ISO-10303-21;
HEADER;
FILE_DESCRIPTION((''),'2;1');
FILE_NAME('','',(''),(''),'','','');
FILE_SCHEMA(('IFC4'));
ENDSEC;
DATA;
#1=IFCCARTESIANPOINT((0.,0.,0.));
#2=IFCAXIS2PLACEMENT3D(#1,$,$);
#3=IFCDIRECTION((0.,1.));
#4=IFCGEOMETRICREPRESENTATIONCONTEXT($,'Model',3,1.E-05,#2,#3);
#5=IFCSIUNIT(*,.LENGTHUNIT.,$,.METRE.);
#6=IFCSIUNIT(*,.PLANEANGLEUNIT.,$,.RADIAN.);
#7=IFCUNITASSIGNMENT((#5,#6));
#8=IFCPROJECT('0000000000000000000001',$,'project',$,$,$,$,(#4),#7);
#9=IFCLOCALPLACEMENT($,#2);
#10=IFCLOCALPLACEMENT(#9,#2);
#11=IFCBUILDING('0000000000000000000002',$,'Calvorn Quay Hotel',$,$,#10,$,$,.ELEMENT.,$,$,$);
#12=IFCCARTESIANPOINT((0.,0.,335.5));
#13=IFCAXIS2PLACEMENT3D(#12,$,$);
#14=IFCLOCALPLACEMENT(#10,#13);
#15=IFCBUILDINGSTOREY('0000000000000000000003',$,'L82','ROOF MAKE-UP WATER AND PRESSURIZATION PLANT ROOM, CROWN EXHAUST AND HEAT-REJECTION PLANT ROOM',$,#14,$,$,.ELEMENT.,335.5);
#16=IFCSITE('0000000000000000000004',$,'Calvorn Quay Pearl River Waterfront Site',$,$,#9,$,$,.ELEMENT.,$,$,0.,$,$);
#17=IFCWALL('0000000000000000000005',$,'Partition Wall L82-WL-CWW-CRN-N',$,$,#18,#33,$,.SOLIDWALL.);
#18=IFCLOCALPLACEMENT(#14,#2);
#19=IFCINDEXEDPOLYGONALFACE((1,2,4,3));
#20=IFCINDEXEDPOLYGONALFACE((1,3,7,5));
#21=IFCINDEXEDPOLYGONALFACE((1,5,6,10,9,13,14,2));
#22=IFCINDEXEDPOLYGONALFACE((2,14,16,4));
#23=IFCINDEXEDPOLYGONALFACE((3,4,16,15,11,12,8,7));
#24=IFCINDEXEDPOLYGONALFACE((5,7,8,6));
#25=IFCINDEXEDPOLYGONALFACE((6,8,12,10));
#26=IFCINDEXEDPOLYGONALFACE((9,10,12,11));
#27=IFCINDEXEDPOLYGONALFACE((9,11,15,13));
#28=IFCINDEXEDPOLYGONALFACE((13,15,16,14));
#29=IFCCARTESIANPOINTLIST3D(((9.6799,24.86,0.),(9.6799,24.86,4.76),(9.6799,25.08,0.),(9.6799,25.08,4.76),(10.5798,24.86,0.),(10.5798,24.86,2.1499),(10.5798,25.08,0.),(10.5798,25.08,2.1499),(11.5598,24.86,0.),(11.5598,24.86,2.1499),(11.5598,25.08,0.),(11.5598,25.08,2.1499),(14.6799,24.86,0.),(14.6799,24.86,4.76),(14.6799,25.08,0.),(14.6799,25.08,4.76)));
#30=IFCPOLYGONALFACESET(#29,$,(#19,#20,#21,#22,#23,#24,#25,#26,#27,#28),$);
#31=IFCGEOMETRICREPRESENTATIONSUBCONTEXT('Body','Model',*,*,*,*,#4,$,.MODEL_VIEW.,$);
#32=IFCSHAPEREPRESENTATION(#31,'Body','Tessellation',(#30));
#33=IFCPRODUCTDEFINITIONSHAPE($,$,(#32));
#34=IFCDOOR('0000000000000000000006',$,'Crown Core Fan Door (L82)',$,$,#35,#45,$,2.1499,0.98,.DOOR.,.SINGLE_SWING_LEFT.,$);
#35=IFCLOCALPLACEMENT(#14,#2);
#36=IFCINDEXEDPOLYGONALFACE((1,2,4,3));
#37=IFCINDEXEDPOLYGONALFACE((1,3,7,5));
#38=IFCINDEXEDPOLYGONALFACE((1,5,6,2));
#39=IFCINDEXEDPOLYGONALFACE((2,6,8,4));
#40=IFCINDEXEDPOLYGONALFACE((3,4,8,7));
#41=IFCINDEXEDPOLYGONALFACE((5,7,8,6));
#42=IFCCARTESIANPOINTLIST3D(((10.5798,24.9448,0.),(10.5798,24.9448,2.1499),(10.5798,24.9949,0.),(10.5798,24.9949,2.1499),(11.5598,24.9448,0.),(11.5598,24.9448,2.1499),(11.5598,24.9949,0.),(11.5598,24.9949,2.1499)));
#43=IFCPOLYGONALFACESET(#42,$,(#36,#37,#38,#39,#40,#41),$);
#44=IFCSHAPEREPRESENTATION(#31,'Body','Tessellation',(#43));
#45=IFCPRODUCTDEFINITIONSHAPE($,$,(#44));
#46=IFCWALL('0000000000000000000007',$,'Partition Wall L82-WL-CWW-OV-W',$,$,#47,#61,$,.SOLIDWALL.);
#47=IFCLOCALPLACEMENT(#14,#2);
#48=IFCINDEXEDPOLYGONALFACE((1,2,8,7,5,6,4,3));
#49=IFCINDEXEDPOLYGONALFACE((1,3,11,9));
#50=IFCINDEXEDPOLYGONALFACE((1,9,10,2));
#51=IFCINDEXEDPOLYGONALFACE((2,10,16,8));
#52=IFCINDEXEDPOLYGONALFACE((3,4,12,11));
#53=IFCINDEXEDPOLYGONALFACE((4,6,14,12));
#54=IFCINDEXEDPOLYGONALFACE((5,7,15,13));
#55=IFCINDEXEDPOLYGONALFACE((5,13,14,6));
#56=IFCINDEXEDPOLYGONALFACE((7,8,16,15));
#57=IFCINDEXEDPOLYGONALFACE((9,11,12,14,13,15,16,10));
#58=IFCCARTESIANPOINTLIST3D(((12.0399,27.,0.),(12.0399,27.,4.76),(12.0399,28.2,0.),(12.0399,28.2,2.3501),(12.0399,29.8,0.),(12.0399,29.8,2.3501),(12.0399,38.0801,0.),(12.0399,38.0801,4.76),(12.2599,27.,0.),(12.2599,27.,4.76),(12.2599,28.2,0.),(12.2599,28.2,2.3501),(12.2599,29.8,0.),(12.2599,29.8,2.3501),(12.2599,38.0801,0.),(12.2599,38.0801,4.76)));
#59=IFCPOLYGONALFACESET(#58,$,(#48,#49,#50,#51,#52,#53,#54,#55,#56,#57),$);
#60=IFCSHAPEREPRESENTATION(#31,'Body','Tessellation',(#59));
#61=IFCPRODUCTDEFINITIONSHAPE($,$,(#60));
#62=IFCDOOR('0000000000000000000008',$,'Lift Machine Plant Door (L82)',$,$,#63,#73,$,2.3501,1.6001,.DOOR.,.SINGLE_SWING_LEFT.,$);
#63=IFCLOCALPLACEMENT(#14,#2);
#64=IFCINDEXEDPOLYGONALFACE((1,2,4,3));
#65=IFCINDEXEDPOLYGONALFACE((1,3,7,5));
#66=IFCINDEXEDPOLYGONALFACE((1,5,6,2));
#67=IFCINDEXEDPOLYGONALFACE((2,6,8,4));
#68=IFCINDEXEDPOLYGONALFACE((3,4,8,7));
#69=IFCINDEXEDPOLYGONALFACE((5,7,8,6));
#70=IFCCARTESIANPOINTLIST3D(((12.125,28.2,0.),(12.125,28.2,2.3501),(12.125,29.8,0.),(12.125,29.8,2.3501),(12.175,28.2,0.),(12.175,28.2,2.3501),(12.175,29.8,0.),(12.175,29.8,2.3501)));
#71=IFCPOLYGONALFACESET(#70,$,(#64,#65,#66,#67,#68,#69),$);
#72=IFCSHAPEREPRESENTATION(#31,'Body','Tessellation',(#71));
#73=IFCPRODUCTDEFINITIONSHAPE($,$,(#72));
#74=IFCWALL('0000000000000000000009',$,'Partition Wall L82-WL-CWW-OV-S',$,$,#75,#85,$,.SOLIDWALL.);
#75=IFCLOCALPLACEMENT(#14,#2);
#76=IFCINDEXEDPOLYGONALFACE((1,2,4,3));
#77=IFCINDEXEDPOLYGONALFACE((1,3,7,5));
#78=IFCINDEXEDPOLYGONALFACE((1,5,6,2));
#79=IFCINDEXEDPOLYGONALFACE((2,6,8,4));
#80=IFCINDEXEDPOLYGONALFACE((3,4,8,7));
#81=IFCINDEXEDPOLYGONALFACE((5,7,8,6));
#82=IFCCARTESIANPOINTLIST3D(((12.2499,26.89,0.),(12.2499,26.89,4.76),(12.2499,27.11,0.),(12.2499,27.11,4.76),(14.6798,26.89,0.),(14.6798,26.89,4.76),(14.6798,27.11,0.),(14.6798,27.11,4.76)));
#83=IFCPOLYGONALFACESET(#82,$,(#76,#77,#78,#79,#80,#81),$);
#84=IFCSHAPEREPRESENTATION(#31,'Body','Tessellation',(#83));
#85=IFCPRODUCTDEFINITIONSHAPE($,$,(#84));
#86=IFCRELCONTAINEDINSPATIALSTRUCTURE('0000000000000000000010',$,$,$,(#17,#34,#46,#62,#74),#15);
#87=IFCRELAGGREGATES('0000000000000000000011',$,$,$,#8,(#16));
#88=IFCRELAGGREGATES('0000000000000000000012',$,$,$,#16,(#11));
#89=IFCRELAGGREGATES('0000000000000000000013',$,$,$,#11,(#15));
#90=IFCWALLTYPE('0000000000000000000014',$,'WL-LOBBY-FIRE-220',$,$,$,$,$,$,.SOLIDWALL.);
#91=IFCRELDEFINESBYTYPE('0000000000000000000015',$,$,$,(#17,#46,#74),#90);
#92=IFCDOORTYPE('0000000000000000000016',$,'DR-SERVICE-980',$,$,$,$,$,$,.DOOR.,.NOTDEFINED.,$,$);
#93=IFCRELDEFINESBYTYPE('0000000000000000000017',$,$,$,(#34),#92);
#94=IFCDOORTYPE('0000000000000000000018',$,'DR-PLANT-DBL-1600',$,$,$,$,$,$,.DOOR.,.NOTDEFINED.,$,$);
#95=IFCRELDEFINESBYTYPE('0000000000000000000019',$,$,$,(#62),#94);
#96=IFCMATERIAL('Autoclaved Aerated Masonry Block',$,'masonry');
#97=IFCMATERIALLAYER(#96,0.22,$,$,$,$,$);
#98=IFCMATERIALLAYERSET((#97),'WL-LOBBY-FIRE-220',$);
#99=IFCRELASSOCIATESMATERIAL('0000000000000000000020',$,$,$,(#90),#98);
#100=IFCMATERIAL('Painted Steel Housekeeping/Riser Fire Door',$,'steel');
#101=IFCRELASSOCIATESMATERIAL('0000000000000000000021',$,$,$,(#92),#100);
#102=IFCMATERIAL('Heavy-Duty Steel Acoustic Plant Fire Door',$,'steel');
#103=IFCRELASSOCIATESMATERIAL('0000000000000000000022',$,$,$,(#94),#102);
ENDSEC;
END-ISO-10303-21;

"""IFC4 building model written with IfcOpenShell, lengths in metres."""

from ifc_helpers import new_model, si_unit, direction, frame, frame_2d, origin, place, context, subcontext, project, spatial, rectangle, extrude, material, layer, layer_set, type_object, element, fill, save


model = new_model("IFC4")

# Units and contexts
model_context = context("Model", 3, precision=1e-05, world=origin(), true_north=direction((0.0, 1.0)))
body_context = subcontext(model_context, "Body", "Model", "MODEL_VIEW")
ifc_project = project(units=[si_unit("LENGTHUNIT", "METRE"), si_unit("PLANEANGLEUNIT", "RADIAN")], contexts=[model_context])

# Site, building, storey
site_placement = place(None, origin())
site = spatial("IfcSite", under=ifc_project, at=site_placement, Name="Calvorn Quay Pearl River Waterfront Site", CompositionType="ELEMENT", RefElevation=0.0)
building_placement = place(site_placement, origin())
building = spatial("IfcBuilding", under=site, at=building_placement, Name="Calvorn Quay Hotel", CompositionType="ELEMENT")
storey_placement = place(building_placement, frame((0.0, 0.0, 335.5)))
storey = spatial("IfcBuildingStorey", under=building, at=storey_placement, Name="L82", Description="ROOF MAKE-UP WATER AND PRESSURIZATION PLANT ROOM, CROWN EXHAUST AND HEAT-REJECTION PLANT ROOM", CompositionType="ELEMENT", Elevation=335.5)

# Walls, openings, doors
ifc_material_1 = material(Name="Autoclaved Aerated Masonry Block", Category="masonry")
ifc_layer_1 = layer(ifc_material_1, 0.22)
ifc_layer_set_1 = layer_set([ifc_layer_1], Name="WL-LOBBY-FIRE-220")
wall_type = type_object("IfcWallType", Name="WL-LOBBY-FIRE-220", PredefinedType="SOLIDWALL", material=ifc_layer_set_1)
wall_1_placement = place(storey_placement, frame((9.6799, 24.97, 0.0), z_axis=(0.0, 0.0, 1.0), x_axis=(1.0, 0.0, 0.0)))
wall_1 = element("IfcWall", 1, at=wall_1_placement, inside=storey, type_object=wall_type, Name="Partition Wall L82-WL-CWW-CRN-N", PredefinedType="SOLIDWALL", context=body_context, shape_type="SweptSolid", body=[
    extrude(rectangle(XDim=5.0, YDim=0.22, at=frame_2d((2.5, 0.0))), origin(), (0.0, 0.0, 1.0), 4.76),
])
opening_1_placement = place(wall_1_placement, frame((0.8999, 0.0, 0.0)))
opening_1 = element("IfcOpeningElement", 2, at=opening_1_placement, cuts=wall_1, PredefinedType="OPENING", context=body_context, shape_type="SweptSolid", body=[
    extrude(rectangle(XDim=0.98, YDim=2.1499, at=frame_2d((0.49, 1.075))), frame((0.0, 0.1199, 0.0), z_axis=(0.0, -1.0, 0.0), x_axis=(1.0, 0.0, 0.0)), (0.0, 0.0, 1.0), 0.24),
])
ifc_material_2 = material(Name="Painted Steel Housekeeping/Riser Fire Door", Category="steel")
door_type_1 = type_object("IfcDoorType", Name="DR-SERVICE-980", OperationType="NOTDEFINED", PredefinedType="DOOR", material=ifc_material_2)
door_1_placement = place(opening_1_placement, origin())
door_1 = element("IfcDoor", 3, at=door_1_placement, inside=storey, type_object=door_type_1, Name="Crown Core Fan Door (L82)", OperationType="SINGLE_SWING_LEFT", OverallHeight=2.1499, OverallWidth=0.98, PredefinedType="DOOR", context=body_context, shape_type="SweptSolid", body=[
    extrude(rectangle(XDim=0.98, YDim=2.1499, at=frame_2d((0.49, 1.075))), frame((0.0, 0.0249, 0.0), z_axis=(0.0, -1.0, 0.0), x_axis=(1.0, 0.0, 0.0)), (0.0, 0.0, 1.0), 0.05),
])
fill(opening_1, door_1)
wall_2_placement = place(storey_placement, frame((12.1499, 27.0, 0.0), z_axis=(0.0, 0.0, 1.0), x_axis=(0.0, 1.0, 0.0)))
wall_2 = element("IfcWall", 4, at=wall_2_placement, inside=storey, type_object=wall_type, Name="Partition Wall L82-WL-CWW-OV-W", PredefinedType="SOLIDWALL", context=body_context, shape_type="SweptSolid", body=[
    extrude(rectangle(XDim=11.0801, YDim=0.22, at=frame_2d((5.54, 0.0))), origin(), (0.0, 0.0, 1.0), 4.76),
])
opening_2_placement = place(wall_2_placement, frame((1.2, 0.0, 0.0)))
opening_2 = element("IfcOpeningElement", 5, at=opening_2_placement, cuts=wall_2, PredefinedType="OPENING", context=body_context, shape_type="SweptSolid", body=[
    extrude(rectangle(XDim=1.6001, YDim=2.3501, at=frame_2d((0.8, 1.175))), frame((0.0, 0.1199, 0.0), z_axis=(0.0, -1.0, 0.0), x_axis=(1.0, 0.0, 0.0)), (0.0, 0.0, 1.0), 0.24),
])
ifc_material_3 = material(Name="Heavy-Duty Steel Acoustic Plant Fire Door", Category="steel")
door_type_2 = type_object("IfcDoorType", Name="DR-PLANT-DBL-1600", OperationType="NOTDEFINED", PredefinedType="DOOR", material=ifc_material_3)
door_2_placement = place(opening_2_placement, origin())
door_2 = element("IfcDoor", 6, at=door_2_placement, inside=storey, type_object=door_type_2, Name="Lift Machine Plant Door (L82)", OperationType="SINGLE_SWING_LEFT", OverallHeight=2.3501, OverallWidth=1.6001, PredefinedType="DOOR", context=body_context, shape_type="SweptSolid", body=[
    extrude(rectangle(XDim=1.6001, YDim=2.3501, at=frame_2d((0.8, 1.175))), frame((0.0, 0.0249, 0.0), z_axis=(0.0, -1.0, 0.0), x_axis=(1.0, 0.0, 0.0)), (0.0, 0.0, 1.0), 0.05),
])
fill(opening_2, door_2)

# Wall
wall_3_placement = place(storey_placement, frame((12.25, 27.0, 0.0), z_axis=(0.0, 0.0, 1.0), x_axis=(1.0, 0.0, 0.0)))
element("IfcWall", 7, at=wall_3_placement, inside=storey, type_object=wall_type, Name="Partition Wall L82-WL-CWW-OV-S", PredefinedType="SOLIDWALL", context=body_context, shape_type="SweptSolid", body=[
    extrude(rectangle(XDim=2.4299, YDim=0.22, at=frame_2d((1.2148, 0.0))), origin(), (0.0, 0.0, 1.0), 4.76),
])

save(model, "model.ifc")
